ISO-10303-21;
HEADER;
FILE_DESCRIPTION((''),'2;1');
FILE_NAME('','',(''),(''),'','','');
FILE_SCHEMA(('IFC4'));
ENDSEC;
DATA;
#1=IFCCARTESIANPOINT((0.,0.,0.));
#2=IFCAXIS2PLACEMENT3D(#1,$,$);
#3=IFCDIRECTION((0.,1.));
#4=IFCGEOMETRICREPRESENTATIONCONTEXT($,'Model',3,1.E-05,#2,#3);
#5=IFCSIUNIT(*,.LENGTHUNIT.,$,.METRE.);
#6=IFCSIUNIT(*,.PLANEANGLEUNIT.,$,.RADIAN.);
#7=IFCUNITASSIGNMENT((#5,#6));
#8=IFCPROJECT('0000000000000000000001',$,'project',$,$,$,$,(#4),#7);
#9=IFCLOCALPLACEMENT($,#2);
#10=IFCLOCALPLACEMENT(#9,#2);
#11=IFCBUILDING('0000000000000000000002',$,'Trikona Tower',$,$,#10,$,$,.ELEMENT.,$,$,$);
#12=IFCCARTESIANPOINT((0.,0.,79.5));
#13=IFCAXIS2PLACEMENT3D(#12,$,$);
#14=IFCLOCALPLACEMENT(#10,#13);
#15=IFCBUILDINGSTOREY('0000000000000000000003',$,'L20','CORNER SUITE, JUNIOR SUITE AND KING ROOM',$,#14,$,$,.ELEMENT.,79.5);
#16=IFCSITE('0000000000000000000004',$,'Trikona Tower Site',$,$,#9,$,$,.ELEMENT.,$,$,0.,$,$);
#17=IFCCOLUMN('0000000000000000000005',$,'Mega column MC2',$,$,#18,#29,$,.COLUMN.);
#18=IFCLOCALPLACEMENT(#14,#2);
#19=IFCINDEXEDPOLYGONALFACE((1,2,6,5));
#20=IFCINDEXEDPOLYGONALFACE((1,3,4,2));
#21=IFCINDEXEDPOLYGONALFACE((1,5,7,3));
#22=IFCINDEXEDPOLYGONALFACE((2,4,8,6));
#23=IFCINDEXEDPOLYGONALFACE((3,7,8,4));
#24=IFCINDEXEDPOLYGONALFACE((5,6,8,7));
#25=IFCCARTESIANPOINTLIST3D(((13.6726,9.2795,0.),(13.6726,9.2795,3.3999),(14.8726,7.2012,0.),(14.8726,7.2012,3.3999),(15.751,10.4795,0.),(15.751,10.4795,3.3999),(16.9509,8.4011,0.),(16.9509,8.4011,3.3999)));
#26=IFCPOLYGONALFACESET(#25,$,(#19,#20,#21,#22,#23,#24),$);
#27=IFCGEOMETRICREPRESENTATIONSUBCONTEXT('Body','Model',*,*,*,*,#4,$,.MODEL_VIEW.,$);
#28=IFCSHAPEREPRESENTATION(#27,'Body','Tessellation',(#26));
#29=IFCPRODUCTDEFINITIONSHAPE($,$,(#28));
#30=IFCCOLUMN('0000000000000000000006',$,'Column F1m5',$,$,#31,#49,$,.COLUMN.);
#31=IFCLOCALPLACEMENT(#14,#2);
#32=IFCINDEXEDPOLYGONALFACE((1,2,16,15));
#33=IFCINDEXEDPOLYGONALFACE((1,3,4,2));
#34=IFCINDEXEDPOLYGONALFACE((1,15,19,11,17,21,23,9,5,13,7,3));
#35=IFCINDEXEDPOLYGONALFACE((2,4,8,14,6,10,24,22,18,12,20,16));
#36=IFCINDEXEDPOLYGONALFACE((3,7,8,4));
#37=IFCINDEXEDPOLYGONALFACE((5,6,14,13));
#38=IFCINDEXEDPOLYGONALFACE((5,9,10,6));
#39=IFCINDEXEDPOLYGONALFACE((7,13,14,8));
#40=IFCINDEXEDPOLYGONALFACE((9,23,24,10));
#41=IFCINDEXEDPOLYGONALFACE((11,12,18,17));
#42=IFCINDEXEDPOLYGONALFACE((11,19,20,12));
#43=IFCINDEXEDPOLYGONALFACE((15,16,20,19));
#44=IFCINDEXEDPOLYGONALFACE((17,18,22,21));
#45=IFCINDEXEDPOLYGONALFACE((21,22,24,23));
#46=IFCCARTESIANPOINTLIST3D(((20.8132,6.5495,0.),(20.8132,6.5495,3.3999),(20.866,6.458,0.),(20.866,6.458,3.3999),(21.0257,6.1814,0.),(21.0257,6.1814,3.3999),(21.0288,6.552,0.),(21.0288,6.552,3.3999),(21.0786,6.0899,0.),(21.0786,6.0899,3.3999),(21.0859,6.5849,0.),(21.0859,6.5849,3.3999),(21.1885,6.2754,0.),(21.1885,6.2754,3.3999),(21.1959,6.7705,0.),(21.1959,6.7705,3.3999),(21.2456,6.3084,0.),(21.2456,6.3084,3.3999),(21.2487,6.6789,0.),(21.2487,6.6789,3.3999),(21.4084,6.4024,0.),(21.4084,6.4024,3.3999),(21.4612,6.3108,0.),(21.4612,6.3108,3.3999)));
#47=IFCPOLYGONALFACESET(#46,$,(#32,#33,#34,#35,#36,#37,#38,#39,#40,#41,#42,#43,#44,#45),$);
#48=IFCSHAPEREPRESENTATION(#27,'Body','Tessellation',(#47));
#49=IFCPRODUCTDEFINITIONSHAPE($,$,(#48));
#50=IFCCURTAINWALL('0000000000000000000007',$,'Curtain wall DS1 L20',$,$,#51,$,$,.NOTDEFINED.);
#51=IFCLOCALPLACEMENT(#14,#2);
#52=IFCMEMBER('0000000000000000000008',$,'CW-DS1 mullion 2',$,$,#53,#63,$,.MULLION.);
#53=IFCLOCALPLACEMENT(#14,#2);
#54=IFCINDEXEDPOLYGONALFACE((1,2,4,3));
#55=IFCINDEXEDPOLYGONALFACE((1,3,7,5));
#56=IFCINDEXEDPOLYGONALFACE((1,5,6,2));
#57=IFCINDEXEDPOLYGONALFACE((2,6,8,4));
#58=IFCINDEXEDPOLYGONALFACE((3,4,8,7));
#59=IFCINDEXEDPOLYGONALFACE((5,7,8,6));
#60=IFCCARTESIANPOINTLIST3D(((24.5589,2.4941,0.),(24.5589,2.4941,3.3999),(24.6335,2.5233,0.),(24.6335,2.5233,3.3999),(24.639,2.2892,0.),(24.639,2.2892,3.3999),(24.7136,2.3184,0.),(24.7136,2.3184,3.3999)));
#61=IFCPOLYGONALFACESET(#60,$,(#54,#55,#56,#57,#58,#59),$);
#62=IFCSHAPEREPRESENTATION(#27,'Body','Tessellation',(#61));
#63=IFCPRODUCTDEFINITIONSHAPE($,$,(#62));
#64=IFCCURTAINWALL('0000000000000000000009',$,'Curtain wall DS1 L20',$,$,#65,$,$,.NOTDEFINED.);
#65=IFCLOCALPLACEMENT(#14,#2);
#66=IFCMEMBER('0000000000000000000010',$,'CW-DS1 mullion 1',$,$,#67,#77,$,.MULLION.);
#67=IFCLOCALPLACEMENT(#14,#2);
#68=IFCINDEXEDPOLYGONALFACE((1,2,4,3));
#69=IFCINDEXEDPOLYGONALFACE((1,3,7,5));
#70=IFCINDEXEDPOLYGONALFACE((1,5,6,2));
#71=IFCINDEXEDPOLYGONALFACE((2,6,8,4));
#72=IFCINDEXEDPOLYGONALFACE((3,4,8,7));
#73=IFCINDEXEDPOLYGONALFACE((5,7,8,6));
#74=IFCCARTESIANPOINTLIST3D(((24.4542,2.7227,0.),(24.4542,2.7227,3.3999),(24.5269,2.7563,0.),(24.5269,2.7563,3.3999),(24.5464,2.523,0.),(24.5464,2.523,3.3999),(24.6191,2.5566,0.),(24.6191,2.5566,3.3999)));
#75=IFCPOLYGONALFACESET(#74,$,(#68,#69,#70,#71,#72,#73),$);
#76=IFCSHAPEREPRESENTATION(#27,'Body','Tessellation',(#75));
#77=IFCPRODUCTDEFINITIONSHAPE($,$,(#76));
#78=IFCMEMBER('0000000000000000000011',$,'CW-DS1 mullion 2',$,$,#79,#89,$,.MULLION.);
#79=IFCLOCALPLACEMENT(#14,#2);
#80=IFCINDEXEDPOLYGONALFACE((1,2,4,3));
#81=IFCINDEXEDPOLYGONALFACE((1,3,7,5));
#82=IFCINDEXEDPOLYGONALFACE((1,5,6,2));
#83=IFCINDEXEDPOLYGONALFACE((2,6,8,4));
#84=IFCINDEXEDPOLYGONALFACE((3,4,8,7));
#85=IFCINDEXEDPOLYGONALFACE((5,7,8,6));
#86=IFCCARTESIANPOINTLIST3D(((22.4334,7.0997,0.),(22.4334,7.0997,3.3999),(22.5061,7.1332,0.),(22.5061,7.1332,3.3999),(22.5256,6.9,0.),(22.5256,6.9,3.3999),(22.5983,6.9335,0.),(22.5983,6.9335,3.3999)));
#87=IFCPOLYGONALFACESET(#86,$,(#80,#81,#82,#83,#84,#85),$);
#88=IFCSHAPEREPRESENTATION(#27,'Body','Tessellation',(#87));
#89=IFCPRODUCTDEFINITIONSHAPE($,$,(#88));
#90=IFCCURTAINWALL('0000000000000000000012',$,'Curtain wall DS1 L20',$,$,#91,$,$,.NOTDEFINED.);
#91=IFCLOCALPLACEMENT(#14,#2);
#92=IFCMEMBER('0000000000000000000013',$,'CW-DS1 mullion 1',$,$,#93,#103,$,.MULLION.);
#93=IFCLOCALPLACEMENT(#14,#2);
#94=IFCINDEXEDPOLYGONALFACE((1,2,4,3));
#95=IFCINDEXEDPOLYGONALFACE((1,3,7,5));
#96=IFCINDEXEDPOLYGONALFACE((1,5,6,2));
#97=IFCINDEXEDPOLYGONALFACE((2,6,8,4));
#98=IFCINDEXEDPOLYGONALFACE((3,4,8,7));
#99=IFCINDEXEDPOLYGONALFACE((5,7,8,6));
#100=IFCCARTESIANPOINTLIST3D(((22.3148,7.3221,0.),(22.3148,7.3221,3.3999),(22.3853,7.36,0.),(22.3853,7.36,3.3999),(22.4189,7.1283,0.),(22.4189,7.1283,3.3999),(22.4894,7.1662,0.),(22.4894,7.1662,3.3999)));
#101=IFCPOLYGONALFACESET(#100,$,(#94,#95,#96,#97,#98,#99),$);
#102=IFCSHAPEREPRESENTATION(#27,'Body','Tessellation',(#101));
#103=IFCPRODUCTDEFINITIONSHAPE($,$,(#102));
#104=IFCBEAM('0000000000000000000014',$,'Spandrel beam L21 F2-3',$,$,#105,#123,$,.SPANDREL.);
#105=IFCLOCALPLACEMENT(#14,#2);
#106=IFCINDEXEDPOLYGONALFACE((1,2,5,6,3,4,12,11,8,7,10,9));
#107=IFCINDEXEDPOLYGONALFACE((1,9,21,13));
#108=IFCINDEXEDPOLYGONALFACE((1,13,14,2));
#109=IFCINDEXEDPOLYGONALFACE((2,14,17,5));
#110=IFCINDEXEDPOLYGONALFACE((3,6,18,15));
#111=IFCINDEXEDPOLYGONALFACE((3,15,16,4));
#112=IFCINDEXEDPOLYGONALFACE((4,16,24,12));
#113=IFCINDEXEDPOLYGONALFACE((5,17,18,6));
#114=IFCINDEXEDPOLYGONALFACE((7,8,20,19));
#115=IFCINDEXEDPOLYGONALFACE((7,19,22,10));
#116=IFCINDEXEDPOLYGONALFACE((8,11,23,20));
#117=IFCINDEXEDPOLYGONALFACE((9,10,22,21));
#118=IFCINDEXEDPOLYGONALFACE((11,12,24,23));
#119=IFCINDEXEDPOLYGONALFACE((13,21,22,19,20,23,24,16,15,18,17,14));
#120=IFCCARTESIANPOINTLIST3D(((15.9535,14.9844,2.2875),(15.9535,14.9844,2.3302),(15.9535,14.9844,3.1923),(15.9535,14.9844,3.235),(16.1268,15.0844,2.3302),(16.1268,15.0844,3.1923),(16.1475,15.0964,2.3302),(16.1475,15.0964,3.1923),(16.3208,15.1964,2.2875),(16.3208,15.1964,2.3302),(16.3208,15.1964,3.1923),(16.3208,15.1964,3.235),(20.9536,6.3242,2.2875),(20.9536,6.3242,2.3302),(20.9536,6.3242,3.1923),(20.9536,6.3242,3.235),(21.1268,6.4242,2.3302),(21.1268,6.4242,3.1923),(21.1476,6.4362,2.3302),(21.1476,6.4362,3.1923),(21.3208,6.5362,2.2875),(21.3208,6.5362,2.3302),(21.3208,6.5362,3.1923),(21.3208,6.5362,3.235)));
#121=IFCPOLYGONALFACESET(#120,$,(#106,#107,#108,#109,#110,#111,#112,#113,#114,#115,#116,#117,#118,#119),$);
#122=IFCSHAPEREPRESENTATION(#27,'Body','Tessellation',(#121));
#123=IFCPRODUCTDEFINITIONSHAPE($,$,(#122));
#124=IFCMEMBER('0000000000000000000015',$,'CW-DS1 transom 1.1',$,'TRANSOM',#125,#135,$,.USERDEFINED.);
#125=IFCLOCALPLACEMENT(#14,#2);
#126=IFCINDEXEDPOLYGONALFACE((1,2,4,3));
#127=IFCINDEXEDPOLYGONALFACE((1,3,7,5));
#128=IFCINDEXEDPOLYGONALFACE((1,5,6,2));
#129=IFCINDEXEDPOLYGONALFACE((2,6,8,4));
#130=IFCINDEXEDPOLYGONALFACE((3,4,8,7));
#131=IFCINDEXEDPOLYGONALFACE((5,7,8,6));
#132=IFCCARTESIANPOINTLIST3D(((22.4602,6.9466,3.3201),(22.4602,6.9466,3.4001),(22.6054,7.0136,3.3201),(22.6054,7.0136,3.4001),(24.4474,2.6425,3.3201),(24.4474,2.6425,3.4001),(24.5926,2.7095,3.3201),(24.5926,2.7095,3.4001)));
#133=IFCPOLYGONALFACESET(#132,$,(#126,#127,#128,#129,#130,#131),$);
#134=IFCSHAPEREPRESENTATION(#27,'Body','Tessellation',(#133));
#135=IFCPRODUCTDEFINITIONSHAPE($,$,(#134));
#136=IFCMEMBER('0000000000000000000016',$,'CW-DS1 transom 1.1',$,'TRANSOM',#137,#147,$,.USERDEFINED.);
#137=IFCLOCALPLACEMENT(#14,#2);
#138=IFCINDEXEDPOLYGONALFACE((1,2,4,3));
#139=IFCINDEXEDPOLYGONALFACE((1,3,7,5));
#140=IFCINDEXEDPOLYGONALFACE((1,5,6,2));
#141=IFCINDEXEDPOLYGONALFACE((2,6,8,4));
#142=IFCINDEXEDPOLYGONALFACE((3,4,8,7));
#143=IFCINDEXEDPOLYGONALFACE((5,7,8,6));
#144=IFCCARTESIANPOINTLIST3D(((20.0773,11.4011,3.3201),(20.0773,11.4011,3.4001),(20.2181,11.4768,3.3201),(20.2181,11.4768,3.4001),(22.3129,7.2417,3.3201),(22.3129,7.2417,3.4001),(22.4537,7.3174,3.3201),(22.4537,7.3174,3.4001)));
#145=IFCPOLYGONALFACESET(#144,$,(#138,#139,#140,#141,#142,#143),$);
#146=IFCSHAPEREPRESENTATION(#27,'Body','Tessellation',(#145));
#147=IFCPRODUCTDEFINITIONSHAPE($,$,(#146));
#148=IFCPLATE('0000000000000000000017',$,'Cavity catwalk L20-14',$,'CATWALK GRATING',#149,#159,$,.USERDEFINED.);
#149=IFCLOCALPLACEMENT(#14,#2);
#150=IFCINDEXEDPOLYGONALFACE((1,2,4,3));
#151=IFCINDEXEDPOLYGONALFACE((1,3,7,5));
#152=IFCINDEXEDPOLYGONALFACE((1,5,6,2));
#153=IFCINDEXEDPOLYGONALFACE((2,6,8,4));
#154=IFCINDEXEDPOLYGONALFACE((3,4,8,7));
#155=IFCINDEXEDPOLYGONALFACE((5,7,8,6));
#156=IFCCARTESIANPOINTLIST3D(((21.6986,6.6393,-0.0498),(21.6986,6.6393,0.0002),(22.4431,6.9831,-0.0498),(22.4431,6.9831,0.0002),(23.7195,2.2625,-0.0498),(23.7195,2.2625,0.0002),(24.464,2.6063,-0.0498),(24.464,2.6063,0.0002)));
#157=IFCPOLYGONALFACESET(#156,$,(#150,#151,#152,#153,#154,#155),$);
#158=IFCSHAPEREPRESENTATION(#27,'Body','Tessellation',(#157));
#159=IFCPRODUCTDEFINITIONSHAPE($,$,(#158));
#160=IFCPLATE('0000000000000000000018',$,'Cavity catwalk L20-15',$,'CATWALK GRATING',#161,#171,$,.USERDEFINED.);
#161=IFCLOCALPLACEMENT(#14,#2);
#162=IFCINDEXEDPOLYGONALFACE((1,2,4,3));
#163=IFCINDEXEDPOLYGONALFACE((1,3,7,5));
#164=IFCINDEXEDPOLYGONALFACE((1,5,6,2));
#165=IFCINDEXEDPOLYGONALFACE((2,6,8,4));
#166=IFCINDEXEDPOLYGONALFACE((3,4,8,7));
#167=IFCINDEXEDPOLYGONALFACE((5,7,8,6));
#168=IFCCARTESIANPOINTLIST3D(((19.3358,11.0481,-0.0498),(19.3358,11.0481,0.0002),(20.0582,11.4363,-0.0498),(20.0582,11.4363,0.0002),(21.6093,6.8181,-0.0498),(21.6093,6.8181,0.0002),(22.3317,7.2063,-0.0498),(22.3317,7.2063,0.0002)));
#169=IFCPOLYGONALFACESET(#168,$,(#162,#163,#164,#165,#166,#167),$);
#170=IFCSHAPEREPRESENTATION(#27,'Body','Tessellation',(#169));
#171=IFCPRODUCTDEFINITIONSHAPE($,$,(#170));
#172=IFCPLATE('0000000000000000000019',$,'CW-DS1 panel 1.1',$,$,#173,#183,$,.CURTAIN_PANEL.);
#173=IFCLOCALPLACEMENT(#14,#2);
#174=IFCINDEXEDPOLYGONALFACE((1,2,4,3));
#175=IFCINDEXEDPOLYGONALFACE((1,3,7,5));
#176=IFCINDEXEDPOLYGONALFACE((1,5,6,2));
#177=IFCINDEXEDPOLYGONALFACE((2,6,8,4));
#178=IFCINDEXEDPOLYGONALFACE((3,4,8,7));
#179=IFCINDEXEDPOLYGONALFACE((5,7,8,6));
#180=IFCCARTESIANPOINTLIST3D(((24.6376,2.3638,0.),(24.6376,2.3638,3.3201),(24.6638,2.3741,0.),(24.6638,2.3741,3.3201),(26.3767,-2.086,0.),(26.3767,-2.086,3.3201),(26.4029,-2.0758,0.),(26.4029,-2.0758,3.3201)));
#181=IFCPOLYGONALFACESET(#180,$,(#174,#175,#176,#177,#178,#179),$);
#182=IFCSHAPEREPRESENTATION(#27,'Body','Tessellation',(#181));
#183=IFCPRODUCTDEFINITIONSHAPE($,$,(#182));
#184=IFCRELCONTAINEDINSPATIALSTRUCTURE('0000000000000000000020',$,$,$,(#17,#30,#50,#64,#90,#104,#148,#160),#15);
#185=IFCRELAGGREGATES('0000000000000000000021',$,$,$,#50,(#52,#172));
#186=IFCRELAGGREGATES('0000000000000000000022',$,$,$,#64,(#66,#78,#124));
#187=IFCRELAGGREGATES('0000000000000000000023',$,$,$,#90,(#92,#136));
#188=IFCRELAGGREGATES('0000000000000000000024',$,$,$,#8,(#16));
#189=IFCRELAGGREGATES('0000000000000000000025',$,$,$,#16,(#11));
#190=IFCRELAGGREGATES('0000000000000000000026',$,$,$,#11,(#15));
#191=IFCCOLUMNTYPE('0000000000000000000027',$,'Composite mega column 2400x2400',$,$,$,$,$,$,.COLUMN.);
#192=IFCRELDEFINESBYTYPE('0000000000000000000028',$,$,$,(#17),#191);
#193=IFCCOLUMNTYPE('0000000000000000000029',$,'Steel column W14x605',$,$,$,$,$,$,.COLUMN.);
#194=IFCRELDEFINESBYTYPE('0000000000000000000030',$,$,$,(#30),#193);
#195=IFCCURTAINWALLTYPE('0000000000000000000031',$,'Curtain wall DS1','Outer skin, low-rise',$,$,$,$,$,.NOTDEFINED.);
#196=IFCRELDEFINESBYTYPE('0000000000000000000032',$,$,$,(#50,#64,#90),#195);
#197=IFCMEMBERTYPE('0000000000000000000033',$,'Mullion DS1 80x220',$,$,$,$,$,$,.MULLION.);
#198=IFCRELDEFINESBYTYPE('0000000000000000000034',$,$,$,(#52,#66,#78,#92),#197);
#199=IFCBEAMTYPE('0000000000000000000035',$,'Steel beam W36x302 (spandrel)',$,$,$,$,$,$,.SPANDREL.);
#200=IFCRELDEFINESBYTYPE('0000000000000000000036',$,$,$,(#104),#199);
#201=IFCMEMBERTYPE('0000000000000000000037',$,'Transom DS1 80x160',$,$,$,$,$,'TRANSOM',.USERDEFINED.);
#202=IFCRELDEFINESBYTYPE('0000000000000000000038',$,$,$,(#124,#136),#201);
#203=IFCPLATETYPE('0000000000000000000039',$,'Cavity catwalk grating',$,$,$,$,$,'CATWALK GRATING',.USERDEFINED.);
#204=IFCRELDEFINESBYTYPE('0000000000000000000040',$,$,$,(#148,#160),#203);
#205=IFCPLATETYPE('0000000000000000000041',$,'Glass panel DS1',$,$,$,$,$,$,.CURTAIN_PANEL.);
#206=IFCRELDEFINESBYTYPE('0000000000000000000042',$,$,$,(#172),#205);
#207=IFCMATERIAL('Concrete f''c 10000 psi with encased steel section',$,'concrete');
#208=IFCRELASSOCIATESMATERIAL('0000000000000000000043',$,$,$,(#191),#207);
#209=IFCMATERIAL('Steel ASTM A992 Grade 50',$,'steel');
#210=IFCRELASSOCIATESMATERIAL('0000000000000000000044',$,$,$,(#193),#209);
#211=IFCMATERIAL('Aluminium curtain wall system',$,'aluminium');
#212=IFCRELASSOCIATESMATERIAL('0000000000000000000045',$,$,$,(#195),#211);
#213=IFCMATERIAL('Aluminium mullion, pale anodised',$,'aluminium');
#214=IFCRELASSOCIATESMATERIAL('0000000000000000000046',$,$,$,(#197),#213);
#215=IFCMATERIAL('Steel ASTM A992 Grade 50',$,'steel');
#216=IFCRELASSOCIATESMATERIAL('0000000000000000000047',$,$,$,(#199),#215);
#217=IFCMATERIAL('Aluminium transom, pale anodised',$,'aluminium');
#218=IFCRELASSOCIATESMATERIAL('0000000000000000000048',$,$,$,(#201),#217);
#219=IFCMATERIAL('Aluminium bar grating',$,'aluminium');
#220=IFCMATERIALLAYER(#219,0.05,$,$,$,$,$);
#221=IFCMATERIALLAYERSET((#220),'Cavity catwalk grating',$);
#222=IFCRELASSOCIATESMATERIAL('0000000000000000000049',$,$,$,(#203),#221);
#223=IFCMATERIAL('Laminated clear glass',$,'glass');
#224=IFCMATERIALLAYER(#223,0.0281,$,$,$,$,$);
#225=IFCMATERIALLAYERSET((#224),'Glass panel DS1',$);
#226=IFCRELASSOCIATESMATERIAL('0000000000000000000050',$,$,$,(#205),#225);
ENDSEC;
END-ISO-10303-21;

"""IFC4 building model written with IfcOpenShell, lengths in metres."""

from ifc_helpers import new_model, si_unit, direction, frame, origin, origin_2d, place, context, subcontext, project, spatial, rectangle, i_section, extrude, material, layer, layer_set, material_profile, profile_set, type_object, element, aggregate, save


model = new_model("IFC4")

# Units and contexts
model_context = context("Model", 3, precision=1e-05, world=origin(), true_north=direction((0.0, 1.0)))
body_context = subcontext(model_context, "Body", "Model", "MODEL_VIEW")
ifc_project = project(units=[si_unit("LENGTHUNIT", "METRE"), si_unit("PLANEANGLEUNIT", "RADIAN")], contexts=[model_context])

# Site, building, storey
site_placement = place(None, origin())
site = spatial("IfcSite", under=ifc_project, at=site_placement, Name="Trikona Tower Site", CompositionType="ELEMENT", RefElevation=0.0)
building_placement = place(site_placement, origin())
building = spatial("IfcBuilding", under=site, at=building_placement, Name="Trikona Tower", CompositionType="ELEMENT")
storey_placement = place(building_placement, frame((0.0, 0.0, 79.5)))
storey = spatial("IfcBuildingStorey", under=building, at=storey_placement, Name="L20", Description="CORNER SUITE, JUNIOR SUITE AND KING ROOM", CompositionType="ELEMENT", Elevation=79.5)

# Columns
ifc_material_1 = material(Name="Concrete f'c 10000 psi with encased steel section", Category="concrete")
ifc_material_profile_1 = material_profile(ifc_material_1, rectangle(XDim=2.3999, YDim=2.3999, at=origin_2d()), Name="MC2400")
ifc_profile_set_1 = profile_set([ifc_material_profile_1], Name="Concrete f'c 10000 psi with encased steel section")
column_type_1 = type_object("IfcColumnType", Name="Composite mega column 2400x2400", PredefinedType="COLUMN", material=ifc_profile_set_1)
column_1_placement = place(storey_placement, frame((15.3118, 8.8403, 0.0), z_axis=(0.0, 0.0, 1.0), x_axis=(0.866025, 0.5, 0.0)))
element("IfcColumn", 1, at=column_1_placement, inside=storey, type_object=column_type_1, Name="Mega column MC2", PredefinedType="COLUMN", context=body_context, shape_type="SweptSolid", body=[
    extrude(rectangle(XDim=2.3999, YDim=2.3999, at=origin_2d()), origin(), (0.0, 0.0, 1.0), 3.3999),
])
ifc_material_2 = material(Name="Steel ASTM A992 Grade 50", Category="steel")
ifc_material_profile_2 = material_profile(ifc_material_2, i_section(OverallWidth=0.4419, OverallDepth=0.5308, WebThickness=0.0659, FlangeThickness=0.1057, at=origin_2d()), Name="W14X605")
ifc_profile_set_2 = profile_set([ifc_material_profile_2], Name="Steel ASTM A992 Grade 50")
column_type_2 = type_object("IfcColumnType", Name="Steel column W14x605", PredefinedType="COLUMN", material=ifc_profile_set_2)
column_2_placement = place(storey_placement, frame((21.1372, 6.4302, 0.0), z_axis=(0.0, 0.0, 1.0), x_axis=(0.866025, 0.5, 0.0)))
element("IfcColumn", 2, at=column_2_placement, inside=storey, type_object=column_type_2, Name="Column F1m5", PredefinedType="COLUMN", context=body_context, shape_type="SweptSolid", body=[
    extrude(i_section(OverallWidth=0.4419, OverallDepth=0.5308, WebThickness=0.0659, FlangeThickness=0.1057, at=origin_2d()), origin(), (0.0, 0.0, 1.0), 3.3999),
])

# Curtain wall, member
ifc_material_3 = material(Name="Aluminium curtain wall system", Category="aluminium")
curtain_wall_type = type_object("IfcCurtainWallType", Name="Curtain wall DS1", Description="Outer skin, low-rise", PredefinedType="NOTDEFINED", material=ifc_material_3)
curtain_wall_1_placement = place(storey_placement, origin())
curtain_wall_1 = element("IfcCurtainWall", 3, at=curtain_wall_1_placement, inside=storey, type_object=curtain_wall_type, Name="Curtain wall DS1 L20", PredefinedType="NOTDEFINED")
ifc_material_4 = material(Name="Aluminium mullion, pale anodised", Category="aluminium")
ifc_material_profile_3 = material_profile(ifc_material_4, rectangle(XDim=0.0801, YDim=0.22, at=origin_2d()), Name="MUL-DS1")
ifc_profile_set_3 = profile_set([ifc_material_profile_3], Name="Aluminium mullion, pale anodised")
member_type_1 = type_object("IfcMemberType", Name="Mullion DS1 80x220", PredefinedType="MULLION", material=ifc_profile_set_3)
member_1_placement = place(storey_placement, frame((24.6362, 2.4062, 0.0), z_axis=(0.0, 0.0, 1.0), x_axis=(-0.931396, -0.364008, 0.0)))
member_1 = element("IfcMember", 4, at=member_1_placement, type_object=member_type_1, Name="CW-DS1 mullion 2", PredefinedType="MULLION", context=body_context, shape_type="SweptSolid", body=[
    extrude(rectangle(XDim=0.0801, YDim=0.22, at=origin_2d()), origin(), (0.0, 0.0, 1.0), 3.3999),
])

# Curtain wall, members
curtain_wall_2_placement = place(storey_placement, origin())
curtain_wall_2 = element("IfcCurtainWall", 5, at=curtain_wall_2_placement, inside=storey, type_object=curtain_wall_type, Name="Curtain wall DS1 L20", PredefinedType="NOTDEFINED")
member_2_placement = place(storey_placement, frame((24.5366, 2.6396, 0.0), z_axis=(0.0, 0.0, 1.0), x_axis=(-0.907898, -0.41919, 0.0)))
member_2 = element("IfcMember", 6, at=member_2_placement, type_object=member_type_1, Name="CW-DS1 mullion 1", PredefinedType="MULLION", context=body_context, shape_type="SweptSolid", body=[
    extrude(rectangle(XDim=0.0801, YDim=0.22, at=origin_2d()), origin(), (0.0, 0.0, 1.0), 3.3999),
])
member_3_placement = place(storey_placement, frame((22.5159, 7.0166, 0.0), z_axis=(0.0, 0.0, 1.0), x_axis=(-0.907898, -0.41919, 0.0)))
member_3 = element("IfcMember", 7, at=member_3_placement, type_object=member_type_1, Name="CW-DS1 mullion 2", PredefinedType="MULLION", context=body_context, shape_type="SweptSolid", body=[
    extrude(rectangle(XDim=0.0801, YDim=0.22, at=origin_2d()), origin(), (0.0, 0.0, 1.0), 3.3999),
])

# Curtain wall, member
curtain_wall_3_placement = place(storey_placement, origin())
curtain_wall_3 = element("IfcCurtainWall", 8, at=curtain_wall_3_placement, inside=storey, type_object=curtain_wall_type, Name="Curtain wall DS1 L20", PredefinedType="NOTDEFINED")
member_4_placement = place(storey_placement, frame((22.4021, 7.2441, 0.0), z_axis=(0.0, 0.0, 1.0), x_axis=(-0.880843, -0.473408, 0.0)))
member_4 = element("IfcMember", 9, at=member_4_placement, type_object=member_type_1, Name="CW-DS1 mullion 1", PredefinedType="MULLION", context=body_context, shape_type="SweptSolid", body=[
    extrude(rectangle(XDim=0.0801, YDim=0.22, at=origin_2d()), origin(), (0.0, 0.0, 1.0), 3.3999),
])

# Beam
ifc_material_5 = material(Name="Steel ASTM A992 Grade 50", Category="steel")
ifc_material_profile_4 = material_profile(ifc_material_5, i_section(OverallWidth=0.4241, OverallDepth=0.9475, WebThickness=0.0239, FlangeThickness=0.0427, at=origin_2d()), Name="W36X302")
ifc_profile_set_4 = profile_set([ifc_material_profile_4], Name="Steel ASTM A992 Grade 50")
beam_type = type_object("IfcBeamType", Name="Steel beam W36x302 (spandrel)", PredefinedType="SPANDREL", material=ifc_profile_set_4)
beam_placement = place(storey_placement, frame((21.1372, 6.4302, 2.7612), z_axis=(-0.500004, 0.866023, 0.0), x_axis=(-0.866023, -0.500004, 0.0)))
element("IfcBeam", 10, at=beam_placement, inside=storey, type_object=beam_type, Name="Spandrel beam L21 F2-3", PredefinedType="SPANDREL", context=body_context, shape_type="SweptSolid", body=[
    extrude(i_section(OverallWidth=0.4241, OverallDepth=0.9475, WebThickness=0.0239, FlangeThickness=0.0427, at=origin_2d()), origin(), (0.0, 0.0, 1.0), 10.0),
])

# Members
ifc_material_6 = material(Name="Aluminium transom, pale anodised", Category="aluminium")
ifc_material_profile_5 = material_profile(ifc_material_6, rectangle(XDim=0.1599, YDim=0.0801, at=origin_2d()), Name="TRN-DS1")
ifc_profile_set_5 = profile_set([ifc_material_profile_5], Name="Aluminium transom, pale anodised")
member_type_2 = type_object("IfcMemberType", Name="Transom DS1 80x160", ElementType="TRANSOM", PredefinedType="USERDEFINED", material=ifc_profile_set_5)
member_5_placement = place(storey_placement, frame((24.52, 2.676, 3.3601), z_axis=(-0.419189, 0.907899, 0.0), x_axis=(-0.907899, -0.419189, 0.0)))
member_5 = element("IfcMember", 11, at=member_5_placement, type_object=member_type_2, Name="CW-DS1 transom 1.1", ObjectType="TRANSOM", PredefinedType="USERDEFINED", context=body_context, shape_type="SweptSolid", body=[
    extrude(rectangle(XDim=0.1599, YDim=0.0801, at=origin_2d()), origin(), (0.0, 0.0, 1.0), 4.7407),
])
member_6_placement = place(storey_placement, frame((22.3833, 7.2795, 3.3601), z_axis=(-0.473428, 0.880833, 0.0), x_axis=(-0.880833, -0.473428, 0.0)))
member_6 = element("IfcMember", 12, at=member_6_placement, type_object=member_type_2, Name="CW-DS1 transom 1.1", ObjectType="TRANSOM", PredefinedType="USERDEFINED", context=body_context, shape_type="SweptSolid", body=[
    extrude(rectangle(XDim=0.1599, YDim=0.0801, at=origin_2d()), origin(), (0.0, 0.0, 1.0), 4.7222),
])

# Plates
ifc_material_7 = material(Name="Aluminium bar grating", Category="aluminium")
ifc_layer_1 = layer(ifc_material_7, 0.05)
ifc_layer_set_1 = layer_set([ifc_layer_1], Name="Cavity catwalk grating")
plate_type_1 = type_object("IfcPlateType", Name="Cavity catwalk grating", ElementType="CATWALK GRATING", PredefinedType="USERDEFINED", material=ifc_layer_set_1)
plate_1_placement = place(storey_placement, frame((23.0813, 4.6228, -0.0498), z_axis=(0.0, 0.0, 1.0), x_axis=(-0.419194, 0.907897, 0.0)))
element("IfcPlate", 13, at=plate_1_placement, inside=storey, type_object=plate_type_1, Name="Cavity catwalk L20-14", ObjectType="CATWALK GRATING", PredefinedType="USERDEFINED", context=body_context, shape_type="SweptSolid", body=[
    extrude(rectangle(XDim=4.8208, YDim=0.8201, at=origin_2d()), origin(), (0.0, 0.0, 1.0), 0.05),
])
plate_2_placement = place(storey_placement, frame((20.8337, 9.1272, -0.0498), z_axis=(0.0, 0.0, 1.0), x_axis=(-0.473423, 0.880835, 0.0)))
element("IfcPlate", 14, at=plate_2_placement, inside=storey, type_object=plate_type_1, Name="Cavity catwalk L20-15", ObjectType="CATWALK GRATING", PredefinedType="USERDEFINED", context=body_context, shape_type="SweptSolid", body=[
    extrude(rectangle(XDim=4.8022, YDim=0.8201, at=origin_2d()), origin(), (0.0, 0.0, 1.0), 0.05),
])

# Plate
ifc_material_8 = material(Name="Laminated clear glass", Category="glass")
ifc_layer_2 = layer(ifc_material_8, 0.0281)
ifc_layer_set_2 = layer_set([ifc_layer_2], Name="Glass panel DS1")
plate_type_2 = type_object("IfcPlateType", Name="Glass panel DS1", PredefinedType="CURTAIN_PANEL", material=ifc_layer_set_2)
plate_3_placement = place(storey_placement, frame((25.5203, 0.144, 0.0), z_axis=(0.0, 0.0, 1.0), x_axis=(-0.364008, 0.931396, 0.0)))
plate_3 = element("IfcPlate", 15, at=plate_3_placement, type_object=plate_type_2, Name="CW-DS1 panel 1.1", PredefinedType="CURTAIN_PANEL", context=body_context, shape_type="SweptSolid", body=[
    extrude(rectangle(XDim=4.7776, YDim=0.0281, at=origin_2d()), origin(), (0.0, 0.0, 1.0), 3.3201),
])
aggregate(curtain_wall_1, [member_1, plate_3])
aggregate(curtain_wall_2, [member_2, member_3, member_5])
aggregate(curtain_wall_3, [member_4, member_6])

save(model, "model.ifc")
